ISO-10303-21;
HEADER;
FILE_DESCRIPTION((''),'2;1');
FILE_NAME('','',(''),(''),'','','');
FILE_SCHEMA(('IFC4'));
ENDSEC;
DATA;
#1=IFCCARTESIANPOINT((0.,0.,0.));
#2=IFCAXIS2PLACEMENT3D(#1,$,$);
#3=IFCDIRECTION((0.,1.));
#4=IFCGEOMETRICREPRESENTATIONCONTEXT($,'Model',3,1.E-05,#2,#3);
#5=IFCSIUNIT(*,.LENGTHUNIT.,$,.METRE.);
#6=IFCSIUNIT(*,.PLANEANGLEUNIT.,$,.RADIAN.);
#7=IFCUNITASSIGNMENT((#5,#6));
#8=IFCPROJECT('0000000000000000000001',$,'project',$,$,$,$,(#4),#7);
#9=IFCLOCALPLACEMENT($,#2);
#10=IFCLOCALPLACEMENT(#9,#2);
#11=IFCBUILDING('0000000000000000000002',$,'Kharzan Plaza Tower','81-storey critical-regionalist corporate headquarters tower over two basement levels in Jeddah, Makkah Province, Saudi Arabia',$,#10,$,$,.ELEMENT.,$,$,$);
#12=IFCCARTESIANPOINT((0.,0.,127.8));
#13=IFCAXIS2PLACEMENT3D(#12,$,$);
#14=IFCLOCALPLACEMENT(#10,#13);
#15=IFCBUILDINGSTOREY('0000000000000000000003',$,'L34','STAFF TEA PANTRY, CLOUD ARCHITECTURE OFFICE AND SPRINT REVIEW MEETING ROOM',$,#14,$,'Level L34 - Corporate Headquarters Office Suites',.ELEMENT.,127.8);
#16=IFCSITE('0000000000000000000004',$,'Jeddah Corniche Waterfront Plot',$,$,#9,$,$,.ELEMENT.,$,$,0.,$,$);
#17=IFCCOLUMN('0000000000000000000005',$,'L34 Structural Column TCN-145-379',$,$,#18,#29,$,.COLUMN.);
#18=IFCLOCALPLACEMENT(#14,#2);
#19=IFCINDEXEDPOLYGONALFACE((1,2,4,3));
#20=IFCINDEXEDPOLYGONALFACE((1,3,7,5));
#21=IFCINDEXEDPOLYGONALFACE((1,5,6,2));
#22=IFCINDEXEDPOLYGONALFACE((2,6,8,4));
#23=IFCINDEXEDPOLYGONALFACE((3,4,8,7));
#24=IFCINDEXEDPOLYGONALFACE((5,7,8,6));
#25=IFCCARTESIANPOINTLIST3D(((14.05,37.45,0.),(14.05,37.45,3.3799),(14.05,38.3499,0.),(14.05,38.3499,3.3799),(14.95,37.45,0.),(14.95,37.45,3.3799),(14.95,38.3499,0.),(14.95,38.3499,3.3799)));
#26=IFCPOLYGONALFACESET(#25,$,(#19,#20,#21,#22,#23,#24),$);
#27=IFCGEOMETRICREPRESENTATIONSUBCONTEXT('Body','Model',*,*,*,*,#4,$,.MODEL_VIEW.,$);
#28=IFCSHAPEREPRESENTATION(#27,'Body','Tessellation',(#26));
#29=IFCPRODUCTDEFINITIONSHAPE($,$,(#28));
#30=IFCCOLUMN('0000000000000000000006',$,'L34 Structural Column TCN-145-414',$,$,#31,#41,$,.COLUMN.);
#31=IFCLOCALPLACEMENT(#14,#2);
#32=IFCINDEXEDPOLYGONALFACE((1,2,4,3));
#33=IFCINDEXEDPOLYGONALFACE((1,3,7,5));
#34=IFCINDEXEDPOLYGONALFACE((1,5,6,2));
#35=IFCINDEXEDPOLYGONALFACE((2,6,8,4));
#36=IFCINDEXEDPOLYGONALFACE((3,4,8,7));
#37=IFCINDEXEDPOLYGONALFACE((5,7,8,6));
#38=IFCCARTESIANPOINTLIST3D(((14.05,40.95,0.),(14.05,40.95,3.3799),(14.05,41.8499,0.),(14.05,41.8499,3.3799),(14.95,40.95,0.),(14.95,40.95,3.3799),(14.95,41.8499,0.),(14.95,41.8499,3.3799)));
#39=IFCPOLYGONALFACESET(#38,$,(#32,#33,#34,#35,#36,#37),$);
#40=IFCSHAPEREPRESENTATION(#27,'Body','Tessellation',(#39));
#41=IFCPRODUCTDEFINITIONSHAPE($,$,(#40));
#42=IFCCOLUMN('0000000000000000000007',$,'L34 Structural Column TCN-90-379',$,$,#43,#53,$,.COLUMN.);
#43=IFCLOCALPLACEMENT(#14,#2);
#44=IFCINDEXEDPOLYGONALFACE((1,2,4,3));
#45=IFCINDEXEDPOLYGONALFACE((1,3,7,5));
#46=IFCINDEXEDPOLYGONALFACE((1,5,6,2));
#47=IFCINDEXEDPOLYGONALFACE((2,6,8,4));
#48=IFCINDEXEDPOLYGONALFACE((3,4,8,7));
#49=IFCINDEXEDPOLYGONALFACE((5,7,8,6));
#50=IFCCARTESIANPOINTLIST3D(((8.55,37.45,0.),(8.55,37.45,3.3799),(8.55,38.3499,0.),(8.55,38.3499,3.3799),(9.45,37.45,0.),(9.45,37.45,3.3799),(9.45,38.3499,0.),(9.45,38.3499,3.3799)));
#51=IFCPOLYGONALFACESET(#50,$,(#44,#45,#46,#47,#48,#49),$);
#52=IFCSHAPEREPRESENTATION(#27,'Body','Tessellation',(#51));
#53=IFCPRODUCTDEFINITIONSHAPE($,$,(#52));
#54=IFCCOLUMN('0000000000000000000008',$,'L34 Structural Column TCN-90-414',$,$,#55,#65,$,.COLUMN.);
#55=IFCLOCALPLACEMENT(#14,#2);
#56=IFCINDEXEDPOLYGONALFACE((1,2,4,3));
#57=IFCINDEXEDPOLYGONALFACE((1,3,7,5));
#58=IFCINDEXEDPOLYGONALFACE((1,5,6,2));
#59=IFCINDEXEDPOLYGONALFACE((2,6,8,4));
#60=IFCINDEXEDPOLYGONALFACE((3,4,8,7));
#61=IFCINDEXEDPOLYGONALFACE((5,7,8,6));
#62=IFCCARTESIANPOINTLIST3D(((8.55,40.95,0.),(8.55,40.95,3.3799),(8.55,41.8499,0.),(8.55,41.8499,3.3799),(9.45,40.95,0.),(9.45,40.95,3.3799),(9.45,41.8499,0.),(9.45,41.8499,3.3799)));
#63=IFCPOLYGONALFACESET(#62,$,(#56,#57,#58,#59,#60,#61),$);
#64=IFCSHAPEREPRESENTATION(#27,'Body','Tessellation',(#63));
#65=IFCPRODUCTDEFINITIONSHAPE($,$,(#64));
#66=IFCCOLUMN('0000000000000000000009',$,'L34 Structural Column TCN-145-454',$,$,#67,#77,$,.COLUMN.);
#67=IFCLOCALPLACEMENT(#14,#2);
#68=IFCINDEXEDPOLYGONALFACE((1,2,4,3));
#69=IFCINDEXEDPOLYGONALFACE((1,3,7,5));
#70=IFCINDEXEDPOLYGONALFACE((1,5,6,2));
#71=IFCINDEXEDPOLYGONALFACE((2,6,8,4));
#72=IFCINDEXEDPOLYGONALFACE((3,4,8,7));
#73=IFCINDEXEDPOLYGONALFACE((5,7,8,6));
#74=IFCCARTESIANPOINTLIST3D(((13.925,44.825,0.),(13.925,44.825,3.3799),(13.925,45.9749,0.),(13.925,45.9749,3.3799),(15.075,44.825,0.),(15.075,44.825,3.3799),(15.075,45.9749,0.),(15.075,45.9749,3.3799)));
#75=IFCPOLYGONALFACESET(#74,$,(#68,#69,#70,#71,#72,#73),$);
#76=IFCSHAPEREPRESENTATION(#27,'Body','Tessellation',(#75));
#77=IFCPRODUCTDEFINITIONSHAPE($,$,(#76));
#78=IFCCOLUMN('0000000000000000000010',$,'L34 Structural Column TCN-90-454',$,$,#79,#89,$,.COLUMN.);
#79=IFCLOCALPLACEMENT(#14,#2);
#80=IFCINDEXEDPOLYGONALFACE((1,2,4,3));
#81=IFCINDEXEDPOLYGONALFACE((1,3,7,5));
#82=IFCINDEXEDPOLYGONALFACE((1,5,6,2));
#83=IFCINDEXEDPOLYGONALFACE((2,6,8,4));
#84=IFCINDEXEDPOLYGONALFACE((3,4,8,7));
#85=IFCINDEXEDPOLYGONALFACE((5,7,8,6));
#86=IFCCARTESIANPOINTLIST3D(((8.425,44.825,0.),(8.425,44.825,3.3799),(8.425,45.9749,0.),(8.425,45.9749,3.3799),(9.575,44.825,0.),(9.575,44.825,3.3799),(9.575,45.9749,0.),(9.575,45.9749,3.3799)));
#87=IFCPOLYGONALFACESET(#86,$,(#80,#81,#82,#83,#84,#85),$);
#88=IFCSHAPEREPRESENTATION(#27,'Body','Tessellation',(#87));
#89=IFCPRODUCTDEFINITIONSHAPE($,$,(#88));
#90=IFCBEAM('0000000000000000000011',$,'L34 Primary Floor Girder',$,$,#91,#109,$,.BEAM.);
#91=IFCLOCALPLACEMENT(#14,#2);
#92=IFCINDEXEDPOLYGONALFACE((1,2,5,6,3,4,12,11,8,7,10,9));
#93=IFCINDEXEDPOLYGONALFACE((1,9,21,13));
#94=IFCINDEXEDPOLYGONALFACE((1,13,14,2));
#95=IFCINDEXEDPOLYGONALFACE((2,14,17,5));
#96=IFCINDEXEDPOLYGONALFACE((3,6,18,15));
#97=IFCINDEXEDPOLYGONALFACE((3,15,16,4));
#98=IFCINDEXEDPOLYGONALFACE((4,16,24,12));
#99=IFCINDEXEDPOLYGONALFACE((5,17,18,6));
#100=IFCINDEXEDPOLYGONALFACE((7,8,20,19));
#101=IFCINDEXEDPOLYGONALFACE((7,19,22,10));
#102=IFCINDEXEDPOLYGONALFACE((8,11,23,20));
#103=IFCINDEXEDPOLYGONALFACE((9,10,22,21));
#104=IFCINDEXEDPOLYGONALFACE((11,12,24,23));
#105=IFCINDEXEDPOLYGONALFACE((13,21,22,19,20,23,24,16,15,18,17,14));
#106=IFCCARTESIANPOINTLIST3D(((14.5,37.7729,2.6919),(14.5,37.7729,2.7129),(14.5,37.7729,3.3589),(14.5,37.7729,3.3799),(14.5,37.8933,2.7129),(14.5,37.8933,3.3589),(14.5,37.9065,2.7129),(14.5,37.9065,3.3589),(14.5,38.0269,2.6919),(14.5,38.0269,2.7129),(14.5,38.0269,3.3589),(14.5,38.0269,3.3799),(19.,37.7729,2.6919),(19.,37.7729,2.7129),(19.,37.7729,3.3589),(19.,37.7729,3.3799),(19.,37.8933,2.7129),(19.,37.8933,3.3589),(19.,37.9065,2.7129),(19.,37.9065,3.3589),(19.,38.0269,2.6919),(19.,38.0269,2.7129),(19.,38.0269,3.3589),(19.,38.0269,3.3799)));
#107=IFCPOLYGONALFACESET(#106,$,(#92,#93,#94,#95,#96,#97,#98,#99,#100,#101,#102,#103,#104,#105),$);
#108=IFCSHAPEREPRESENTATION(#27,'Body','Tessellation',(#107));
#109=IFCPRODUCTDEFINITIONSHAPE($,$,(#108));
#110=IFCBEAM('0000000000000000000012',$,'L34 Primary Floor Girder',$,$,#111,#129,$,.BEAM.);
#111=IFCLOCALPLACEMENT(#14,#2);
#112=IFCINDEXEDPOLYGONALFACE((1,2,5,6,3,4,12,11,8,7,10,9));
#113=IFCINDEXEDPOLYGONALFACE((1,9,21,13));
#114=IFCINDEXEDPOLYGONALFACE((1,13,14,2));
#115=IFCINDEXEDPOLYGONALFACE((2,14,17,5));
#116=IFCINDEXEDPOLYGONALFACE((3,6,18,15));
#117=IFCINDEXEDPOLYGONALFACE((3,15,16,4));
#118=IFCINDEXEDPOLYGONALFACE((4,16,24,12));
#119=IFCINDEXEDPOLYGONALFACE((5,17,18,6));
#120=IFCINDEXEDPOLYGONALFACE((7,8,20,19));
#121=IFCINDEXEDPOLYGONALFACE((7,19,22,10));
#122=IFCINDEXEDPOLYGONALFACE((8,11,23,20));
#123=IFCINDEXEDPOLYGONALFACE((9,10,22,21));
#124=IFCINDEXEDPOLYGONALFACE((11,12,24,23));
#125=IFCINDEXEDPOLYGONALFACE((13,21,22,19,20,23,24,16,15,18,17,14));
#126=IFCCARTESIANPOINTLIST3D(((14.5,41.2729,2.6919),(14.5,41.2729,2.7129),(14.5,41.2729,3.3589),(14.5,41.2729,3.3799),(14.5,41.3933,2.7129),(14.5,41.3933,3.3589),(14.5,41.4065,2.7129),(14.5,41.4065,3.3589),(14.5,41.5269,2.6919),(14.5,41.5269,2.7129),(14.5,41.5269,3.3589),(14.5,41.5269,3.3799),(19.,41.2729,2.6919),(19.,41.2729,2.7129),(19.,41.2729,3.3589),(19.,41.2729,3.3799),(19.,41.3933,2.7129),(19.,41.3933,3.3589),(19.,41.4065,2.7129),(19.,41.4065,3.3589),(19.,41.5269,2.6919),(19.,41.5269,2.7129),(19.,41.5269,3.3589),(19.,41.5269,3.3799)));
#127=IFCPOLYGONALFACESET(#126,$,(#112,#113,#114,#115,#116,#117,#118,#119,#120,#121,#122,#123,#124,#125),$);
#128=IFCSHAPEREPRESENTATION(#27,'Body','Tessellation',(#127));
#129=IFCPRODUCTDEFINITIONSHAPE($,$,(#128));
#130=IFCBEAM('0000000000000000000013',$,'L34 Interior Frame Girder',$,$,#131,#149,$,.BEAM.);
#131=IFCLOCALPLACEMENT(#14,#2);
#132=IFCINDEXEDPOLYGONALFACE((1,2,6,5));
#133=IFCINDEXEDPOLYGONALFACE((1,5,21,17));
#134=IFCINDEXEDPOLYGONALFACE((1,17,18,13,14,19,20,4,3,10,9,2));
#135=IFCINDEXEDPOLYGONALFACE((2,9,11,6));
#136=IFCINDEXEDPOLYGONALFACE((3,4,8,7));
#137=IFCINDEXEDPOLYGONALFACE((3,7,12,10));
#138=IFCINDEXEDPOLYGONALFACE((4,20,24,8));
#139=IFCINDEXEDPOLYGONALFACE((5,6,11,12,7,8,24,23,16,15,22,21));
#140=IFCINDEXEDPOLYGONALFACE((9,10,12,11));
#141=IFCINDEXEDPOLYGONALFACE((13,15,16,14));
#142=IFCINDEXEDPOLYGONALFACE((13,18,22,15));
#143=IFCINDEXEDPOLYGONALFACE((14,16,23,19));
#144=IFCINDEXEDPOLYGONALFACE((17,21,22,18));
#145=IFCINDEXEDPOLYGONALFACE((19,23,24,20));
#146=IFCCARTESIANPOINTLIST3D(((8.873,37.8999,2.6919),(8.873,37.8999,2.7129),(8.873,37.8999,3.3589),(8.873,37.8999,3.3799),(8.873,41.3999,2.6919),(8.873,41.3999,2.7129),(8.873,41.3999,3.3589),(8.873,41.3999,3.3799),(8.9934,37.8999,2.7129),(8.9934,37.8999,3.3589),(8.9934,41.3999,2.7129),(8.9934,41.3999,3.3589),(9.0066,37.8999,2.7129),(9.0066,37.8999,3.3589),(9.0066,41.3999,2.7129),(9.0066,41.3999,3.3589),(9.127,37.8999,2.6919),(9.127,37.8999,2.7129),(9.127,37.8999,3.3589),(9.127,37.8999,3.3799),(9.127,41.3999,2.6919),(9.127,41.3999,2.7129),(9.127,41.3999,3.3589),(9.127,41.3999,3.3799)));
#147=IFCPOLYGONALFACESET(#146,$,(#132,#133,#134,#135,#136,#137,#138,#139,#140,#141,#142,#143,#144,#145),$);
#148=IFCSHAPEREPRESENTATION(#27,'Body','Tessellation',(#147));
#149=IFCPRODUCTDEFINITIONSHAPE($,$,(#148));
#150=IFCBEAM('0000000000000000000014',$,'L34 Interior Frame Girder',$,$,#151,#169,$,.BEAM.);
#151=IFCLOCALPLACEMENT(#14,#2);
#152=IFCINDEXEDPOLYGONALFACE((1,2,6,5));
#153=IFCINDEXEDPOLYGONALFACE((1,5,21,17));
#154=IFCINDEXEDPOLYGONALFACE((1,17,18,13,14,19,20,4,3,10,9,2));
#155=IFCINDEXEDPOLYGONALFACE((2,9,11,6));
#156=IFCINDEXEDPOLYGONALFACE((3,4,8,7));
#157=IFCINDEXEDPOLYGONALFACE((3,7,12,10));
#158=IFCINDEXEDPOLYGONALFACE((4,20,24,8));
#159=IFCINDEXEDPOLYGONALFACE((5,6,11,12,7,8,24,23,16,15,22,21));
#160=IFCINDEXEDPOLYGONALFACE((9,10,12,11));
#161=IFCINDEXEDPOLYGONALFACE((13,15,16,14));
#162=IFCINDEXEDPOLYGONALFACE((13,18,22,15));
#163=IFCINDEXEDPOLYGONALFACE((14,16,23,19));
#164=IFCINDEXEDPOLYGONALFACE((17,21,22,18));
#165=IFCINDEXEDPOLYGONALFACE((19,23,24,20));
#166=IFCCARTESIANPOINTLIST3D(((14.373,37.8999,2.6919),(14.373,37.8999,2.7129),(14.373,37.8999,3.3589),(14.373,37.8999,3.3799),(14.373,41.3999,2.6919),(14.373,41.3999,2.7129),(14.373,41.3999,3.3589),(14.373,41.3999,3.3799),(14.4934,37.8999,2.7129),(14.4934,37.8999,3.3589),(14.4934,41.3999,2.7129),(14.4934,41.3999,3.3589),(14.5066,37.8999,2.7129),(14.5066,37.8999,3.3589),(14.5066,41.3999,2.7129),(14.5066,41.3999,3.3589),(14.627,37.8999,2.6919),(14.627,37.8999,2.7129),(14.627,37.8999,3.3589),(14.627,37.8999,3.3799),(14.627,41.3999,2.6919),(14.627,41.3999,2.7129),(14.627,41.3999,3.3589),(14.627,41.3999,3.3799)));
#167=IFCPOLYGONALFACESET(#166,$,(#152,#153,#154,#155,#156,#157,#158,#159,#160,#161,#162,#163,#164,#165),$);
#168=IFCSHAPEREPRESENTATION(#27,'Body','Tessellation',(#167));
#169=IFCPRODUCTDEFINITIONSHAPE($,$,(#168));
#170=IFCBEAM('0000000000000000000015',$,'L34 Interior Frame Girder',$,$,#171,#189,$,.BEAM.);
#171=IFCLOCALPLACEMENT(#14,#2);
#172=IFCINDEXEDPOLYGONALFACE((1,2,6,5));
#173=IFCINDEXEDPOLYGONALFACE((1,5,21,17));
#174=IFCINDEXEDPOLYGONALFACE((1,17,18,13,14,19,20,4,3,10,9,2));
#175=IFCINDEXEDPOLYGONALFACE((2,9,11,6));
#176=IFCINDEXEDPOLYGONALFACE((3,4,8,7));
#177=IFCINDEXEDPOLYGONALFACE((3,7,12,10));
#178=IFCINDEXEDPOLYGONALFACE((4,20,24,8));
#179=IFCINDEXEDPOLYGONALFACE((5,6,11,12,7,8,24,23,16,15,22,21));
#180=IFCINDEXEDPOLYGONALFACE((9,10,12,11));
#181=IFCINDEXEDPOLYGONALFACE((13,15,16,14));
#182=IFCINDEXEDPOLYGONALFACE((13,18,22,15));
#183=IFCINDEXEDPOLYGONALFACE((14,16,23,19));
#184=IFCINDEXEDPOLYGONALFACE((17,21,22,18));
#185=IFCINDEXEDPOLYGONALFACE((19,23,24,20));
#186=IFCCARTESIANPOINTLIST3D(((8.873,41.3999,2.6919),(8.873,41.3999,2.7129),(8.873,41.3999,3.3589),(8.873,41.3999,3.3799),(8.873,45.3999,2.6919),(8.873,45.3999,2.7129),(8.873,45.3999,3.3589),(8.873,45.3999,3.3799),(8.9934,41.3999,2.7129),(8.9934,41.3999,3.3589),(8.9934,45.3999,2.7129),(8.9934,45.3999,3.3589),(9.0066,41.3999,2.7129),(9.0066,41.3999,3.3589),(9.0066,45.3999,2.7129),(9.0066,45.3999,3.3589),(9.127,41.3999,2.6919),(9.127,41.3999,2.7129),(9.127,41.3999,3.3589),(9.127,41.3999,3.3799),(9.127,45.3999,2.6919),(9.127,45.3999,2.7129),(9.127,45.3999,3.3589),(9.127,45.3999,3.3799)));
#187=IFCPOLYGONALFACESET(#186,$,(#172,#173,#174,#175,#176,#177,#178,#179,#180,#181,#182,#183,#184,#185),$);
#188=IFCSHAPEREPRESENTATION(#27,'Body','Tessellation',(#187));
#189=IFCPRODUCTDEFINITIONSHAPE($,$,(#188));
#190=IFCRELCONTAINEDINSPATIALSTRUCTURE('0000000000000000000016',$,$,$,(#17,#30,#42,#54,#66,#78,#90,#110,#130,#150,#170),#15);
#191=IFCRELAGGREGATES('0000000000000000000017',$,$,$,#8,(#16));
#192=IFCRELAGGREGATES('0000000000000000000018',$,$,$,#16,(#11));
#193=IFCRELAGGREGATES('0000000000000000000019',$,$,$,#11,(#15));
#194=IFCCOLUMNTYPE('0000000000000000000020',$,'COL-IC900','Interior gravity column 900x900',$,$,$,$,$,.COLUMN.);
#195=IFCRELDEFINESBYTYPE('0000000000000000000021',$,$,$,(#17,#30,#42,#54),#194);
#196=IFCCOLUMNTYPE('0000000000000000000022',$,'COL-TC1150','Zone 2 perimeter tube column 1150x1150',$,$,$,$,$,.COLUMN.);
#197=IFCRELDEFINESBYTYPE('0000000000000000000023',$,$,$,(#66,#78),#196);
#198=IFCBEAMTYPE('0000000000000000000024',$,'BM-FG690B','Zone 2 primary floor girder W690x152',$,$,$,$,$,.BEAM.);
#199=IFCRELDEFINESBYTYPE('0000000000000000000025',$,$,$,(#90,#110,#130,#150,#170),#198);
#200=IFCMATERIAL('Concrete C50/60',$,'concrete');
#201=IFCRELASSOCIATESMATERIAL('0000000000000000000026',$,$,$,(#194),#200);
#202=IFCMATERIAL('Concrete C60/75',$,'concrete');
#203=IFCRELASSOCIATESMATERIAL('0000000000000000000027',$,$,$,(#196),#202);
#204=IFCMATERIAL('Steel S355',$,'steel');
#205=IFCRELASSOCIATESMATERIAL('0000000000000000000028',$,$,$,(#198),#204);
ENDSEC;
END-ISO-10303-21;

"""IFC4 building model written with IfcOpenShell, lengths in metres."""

from ifc_helpers import new_model, si_unit, direction, frame, origin, origin_2d, place, context, subcontext, project, spatial, rectangle, i_section, extrude, source, transform, mapped, material, material_profile, profile_set, type_object, element, save


model = new_model("IFC4")

# Units and contexts
model_context = context("Model", 3, precision=1e-05, world=origin(), true_north=direction((0.0, 1.0)))
body_context = subcontext(model_context, "Body", "Model", "MODEL_VIEW")
ifc_project = project(units=[si_unit("LENGTHUNIT", "METRE"), si_unit("PLANEANGLEUNIT", "RADIAN")], contexts=[model_context])

# Site, building, storey
site_placement = place(None, origin())
site = spatial("IfcSite", under=ifc_project, at=site_placement, Name="Jeddah Corniche Waterfront Plot", CompositionType="ELEMENT", RefElevation=0.0)
building_placement = place(site_placement, origin())
building = spatial("IfcBuilding", under=site, at=building_placement, Name="Kharzan Plaza Tower", Description="81-storey critical-regionalist corporate headquarters tower over two basement levels in Jeddah, Makkah Province, Saudi Arabia", CompositionType="ELEMENT")
storey_placement = place(building_placement, frame((0.0, 0.0, 127.8)))
storey = spatial("IfcBuildingStorey", under=building, at=storey_placement, Name="L34", Description="STAFF TEA PANTRY, CLOUD ARCHITECTURE OFFICE AND SPRINT REVIEW MEETING ROOM", LongName="Level L34 - Corporate Headquarters Office Suites", CompositionType="ELEMENT", Elevation=127.8)

# Columns
ifc_material_1 = material(Name="Concrete C50/60", Category="concrete")
ifc_material_profile_1 = material_profile(ifc_material_1, rectangle(XDim=0.8999, YDim=0.8999, at=origin_2d()), Name="RC-IC900x900")
ifc_profile_set_1 = profile_set([ifc_material_profile_1], Name="Concrete C50/60")
column_type_1 = type_object("IfcColumnType", Name="COL-IC900", Description="Interior gravity column 900x900", PredefinedType="COLUMN", material=ifc_profile_set_1)
shared_shape_1 = source(origin(), body_context, "Body", "SweptSolid", [
    extrude(rectangle(XDim=0.8999, YDim=0.8999, at=origin_2d()), origin(), (0.0, 0.0, 1.0), 3.3799),
])
for number, where, z_axis, x_axis, name in (
    (1, (14.5, 37.8999, 0.0), (0.0, 0.0, 1.0), (1.0, 0.0, 0.0), "L34 Structural Column TCN-145-379"),
    (2, (14.5, 41.3999, 0.0), (0.0, 0.0, 1.0), (1.0, 0.0, 0.0), "L34 Structural Column TCN-145-414"),
    (3, (9.0, 37.8999, 0.0), (0.0, 0.0, 1.0), (1.0, 0.0, 0.0), "L34 Structural Column TCN-90-379"),
    (4, (9.0, 41.3999, 0.0), (0.0, 0.0, 1.0), (1.0, 0.0, 0.0), "L34 Structural Column TCN-90-414"),
):
    element("IfcColumn", number, at=place(storey_placement, frame(where, z_axis=z_axis, x_axis=x_axis)), inside=storey, type_object=column_type_1, Name=name, PredefinedType="COLUMN", context=body_context, shape_type="MappedRepresentation", body=[
        mapped(shared_shape_1, transform((0.0, 0.0, 0.0), x_axis=(1.0, 0.0, 0.0), y_axis=(0.0, 1.0, 0.0), z_axis=(0.0, 0.0, 1.0))),
    ])
ifc_material_2 = material(Name="Concrete C60/75", Category="concrete")
ifc_material_profile_2 = material_profile(ifc_material_2, rectangle(XDim=1.1499, YDim=1.1499, at=origin_2d()), Name="RC-TC1150x1150")
ifc_profile_set_2 = profile_set([ifc_material_profile_2], Name="Concrete C60/75")
column_type_2 = type_object("IfcColumnType", Name="COL-TC1150", Description="Zone 2 perimeter tube column 1150x1150", PredefinedType="COLUMN", material=ifc_profile_set_2)
shared_shape_2 = source(origin(), body_context, "Body", "SweptSolid", [
    extrude(rectangle(XDim=1.1499, YDim=1.1499, at=origin_2d()), origin(), (0.0, 0.0, 1.0), 3.3799),
])
for number, where, z_axis, x_axis, name in (
    (5, (14.5, 45.3999, 0.0), (0.0, 0.0, 1.0), (1.0, 0.0, 0.0), "L34 Structural Column TCN-145-454"),
    (6, (9.0, 45.3999, 0.0), (0.0, 0.0, 1.0), (1.0, 0.0, 0.0), "L34 Structural Column TCN-90-454"),
):
    element("IfcColumn", number, at=place(storey_placement, frame(where, z_axis=z_axis, x_axis=x_axis)), inside=storey, type_object=column_type_2, Name=name, PredefinedType="COLUMN", context=body_context, shape_type="MappedRepresentation", body=[
        mapped(shared_shape_2, transform((0.0, 0.0, 0.0), x_axis=(1.0, 0.0, 0.0), y_axis=(0.0, 1.0, 0.0), z_axis=(0.0, 0.0, 1.0))),
    ])

# Beams
ifc_material_3 = material(Name="Steel S355", Category="steel")
ifc_material_profile_3 = material_profile(ifc_material_3, i_section(OverallWidth=0.2539, OverallDepth=0.688, WebThickness=0.0132, FlangeThickness=0.021, at=origin_2d()), Name="W690x152")
ifc_profile_set_3 = profile_set([ifc_material_profile_3], Name="Steel S355")
beam_type_1 = type_object("IfcBeamType", Name="BM-FG690B", Description="Zone 2 primary floor girder W690x152", PredefinedType="BEAM", material=ifc_profile_set_3)
shared_shape_3 = source(origin(), body_context, "Body", "SweptSolid", [
    extrude(i_section(OverallWidth=0.2539, OverallDepth=0.688, WebThickness=0.0132, FlangeThickness=0.021, at=origin_2d()), origin(), (0.0, 0.0, 1.0), 4.5),
])
for number, where, z_axis, x_axis, name in (
    (7, (14.5, 37.8999, 3.0359), (1.0, 0.0, 0.0), (0.0, 1.0, 0.0), "L34 Primary Floor Girder"),
    (8, (14.5, 41.3999, 3.0359), (1.0, 0.0, 0.0), (0.0, 1.0, 0.0), "L34 Primary Floor Girder"),
):
    element("IfcBeam", number, at=place(storey_placement, frame(where, z_axis=z_axis, x_axis=x_axis)), inside=storey, type_object=beam_type_1, Name=name, PredefinedType="BEAM", context=body_context, shape_type="MappedRepresentation", body=[
        mapped(shared_shape_3, transform((0.0, 0.0, 0.0), x_axis=(1.0, 0.0, 0.0), y_axis=(0.0, 1.0, 0.0), z_axis=(0.0, 0.0, 1.0))),
    ])
shared_shape_4 = source(origin(), body_context, "Body", "SweptSolid", [
    extrude(i_section(OverallWidth=0.2539, OverallDepth=0.688, WebThickness=0.0132, FlangeThickness=0.021, at=origin_2d()), origin(), (0.0, 0.0, 1.0), 3.5),
])
for number, where, z_axis, x_axis, name in (
    (9, (9.0, 37.8999, 3.0359), (0.0, 1.0, 0.0), (-1.0, 0.0, 0.0), "L34 Interior Frame Girder"),
    (10, (14.5, 37.8999, 3.0359), (0.0, 1.0, 0.0), (-1.0, 0.0, 0.0), "L34 Interior Frame Girder"),
):
    element("IfcBeam", number, at=place(storey_placement, frame(where, z_axis=z_axis, x_axis=x_axis)), inside=storey, type_object=beam_type_1, Name=name, PredefinedType="BEAM", context=body_context, shape_type="MappedRepresentation", body=[
        mapped(shared_shape_4, transform((0.0, 0.0, 0.0), x_axis=(1.0, 0.0, 0.0), y_axis=(0.0, 1.0, 0.0), z_axis=(0.0, 0.0, 1.0))),
    ])
shared_shape_5 = source(origin(), body_context, "Body", "SweptSolid", [
    extrude(i_section(OverallWidth=0.2539, OverallDepth=0.688, WebThickness=0.0132, FlangeThickness=0.021, at=origin_2d()), origin(), (0.0, 0.0, 1.0), 4.0),
])
for number, where, z_axis, x_axis, name in (
    (11, (9.0, 41.3999, 3.0359), (0.0, 1.0, 0.0), (-1.0, 0.0, 0.0), "L34 Interior Frame Girder"),
):
    element("IfcBeam", number, at=place(storey_placement, frame(where, z_axis=z_axis, x_axis=x_axis)), inside=storey, type_object=beam_type_1, Name=name, PredefinedType="BEAM", context=body_context, shape_type="MappedRepresentation", body=[
        mapped(shared_shape_5, transform((0.0, 0.0, 0.0), x_axis=(1.0, 0.0, 0.0), y_axis=(0.0, 1.0, 0.0), z_axis=(0.0, 0.0, 1.0))),
    ])

save(model, "model.ifc")
